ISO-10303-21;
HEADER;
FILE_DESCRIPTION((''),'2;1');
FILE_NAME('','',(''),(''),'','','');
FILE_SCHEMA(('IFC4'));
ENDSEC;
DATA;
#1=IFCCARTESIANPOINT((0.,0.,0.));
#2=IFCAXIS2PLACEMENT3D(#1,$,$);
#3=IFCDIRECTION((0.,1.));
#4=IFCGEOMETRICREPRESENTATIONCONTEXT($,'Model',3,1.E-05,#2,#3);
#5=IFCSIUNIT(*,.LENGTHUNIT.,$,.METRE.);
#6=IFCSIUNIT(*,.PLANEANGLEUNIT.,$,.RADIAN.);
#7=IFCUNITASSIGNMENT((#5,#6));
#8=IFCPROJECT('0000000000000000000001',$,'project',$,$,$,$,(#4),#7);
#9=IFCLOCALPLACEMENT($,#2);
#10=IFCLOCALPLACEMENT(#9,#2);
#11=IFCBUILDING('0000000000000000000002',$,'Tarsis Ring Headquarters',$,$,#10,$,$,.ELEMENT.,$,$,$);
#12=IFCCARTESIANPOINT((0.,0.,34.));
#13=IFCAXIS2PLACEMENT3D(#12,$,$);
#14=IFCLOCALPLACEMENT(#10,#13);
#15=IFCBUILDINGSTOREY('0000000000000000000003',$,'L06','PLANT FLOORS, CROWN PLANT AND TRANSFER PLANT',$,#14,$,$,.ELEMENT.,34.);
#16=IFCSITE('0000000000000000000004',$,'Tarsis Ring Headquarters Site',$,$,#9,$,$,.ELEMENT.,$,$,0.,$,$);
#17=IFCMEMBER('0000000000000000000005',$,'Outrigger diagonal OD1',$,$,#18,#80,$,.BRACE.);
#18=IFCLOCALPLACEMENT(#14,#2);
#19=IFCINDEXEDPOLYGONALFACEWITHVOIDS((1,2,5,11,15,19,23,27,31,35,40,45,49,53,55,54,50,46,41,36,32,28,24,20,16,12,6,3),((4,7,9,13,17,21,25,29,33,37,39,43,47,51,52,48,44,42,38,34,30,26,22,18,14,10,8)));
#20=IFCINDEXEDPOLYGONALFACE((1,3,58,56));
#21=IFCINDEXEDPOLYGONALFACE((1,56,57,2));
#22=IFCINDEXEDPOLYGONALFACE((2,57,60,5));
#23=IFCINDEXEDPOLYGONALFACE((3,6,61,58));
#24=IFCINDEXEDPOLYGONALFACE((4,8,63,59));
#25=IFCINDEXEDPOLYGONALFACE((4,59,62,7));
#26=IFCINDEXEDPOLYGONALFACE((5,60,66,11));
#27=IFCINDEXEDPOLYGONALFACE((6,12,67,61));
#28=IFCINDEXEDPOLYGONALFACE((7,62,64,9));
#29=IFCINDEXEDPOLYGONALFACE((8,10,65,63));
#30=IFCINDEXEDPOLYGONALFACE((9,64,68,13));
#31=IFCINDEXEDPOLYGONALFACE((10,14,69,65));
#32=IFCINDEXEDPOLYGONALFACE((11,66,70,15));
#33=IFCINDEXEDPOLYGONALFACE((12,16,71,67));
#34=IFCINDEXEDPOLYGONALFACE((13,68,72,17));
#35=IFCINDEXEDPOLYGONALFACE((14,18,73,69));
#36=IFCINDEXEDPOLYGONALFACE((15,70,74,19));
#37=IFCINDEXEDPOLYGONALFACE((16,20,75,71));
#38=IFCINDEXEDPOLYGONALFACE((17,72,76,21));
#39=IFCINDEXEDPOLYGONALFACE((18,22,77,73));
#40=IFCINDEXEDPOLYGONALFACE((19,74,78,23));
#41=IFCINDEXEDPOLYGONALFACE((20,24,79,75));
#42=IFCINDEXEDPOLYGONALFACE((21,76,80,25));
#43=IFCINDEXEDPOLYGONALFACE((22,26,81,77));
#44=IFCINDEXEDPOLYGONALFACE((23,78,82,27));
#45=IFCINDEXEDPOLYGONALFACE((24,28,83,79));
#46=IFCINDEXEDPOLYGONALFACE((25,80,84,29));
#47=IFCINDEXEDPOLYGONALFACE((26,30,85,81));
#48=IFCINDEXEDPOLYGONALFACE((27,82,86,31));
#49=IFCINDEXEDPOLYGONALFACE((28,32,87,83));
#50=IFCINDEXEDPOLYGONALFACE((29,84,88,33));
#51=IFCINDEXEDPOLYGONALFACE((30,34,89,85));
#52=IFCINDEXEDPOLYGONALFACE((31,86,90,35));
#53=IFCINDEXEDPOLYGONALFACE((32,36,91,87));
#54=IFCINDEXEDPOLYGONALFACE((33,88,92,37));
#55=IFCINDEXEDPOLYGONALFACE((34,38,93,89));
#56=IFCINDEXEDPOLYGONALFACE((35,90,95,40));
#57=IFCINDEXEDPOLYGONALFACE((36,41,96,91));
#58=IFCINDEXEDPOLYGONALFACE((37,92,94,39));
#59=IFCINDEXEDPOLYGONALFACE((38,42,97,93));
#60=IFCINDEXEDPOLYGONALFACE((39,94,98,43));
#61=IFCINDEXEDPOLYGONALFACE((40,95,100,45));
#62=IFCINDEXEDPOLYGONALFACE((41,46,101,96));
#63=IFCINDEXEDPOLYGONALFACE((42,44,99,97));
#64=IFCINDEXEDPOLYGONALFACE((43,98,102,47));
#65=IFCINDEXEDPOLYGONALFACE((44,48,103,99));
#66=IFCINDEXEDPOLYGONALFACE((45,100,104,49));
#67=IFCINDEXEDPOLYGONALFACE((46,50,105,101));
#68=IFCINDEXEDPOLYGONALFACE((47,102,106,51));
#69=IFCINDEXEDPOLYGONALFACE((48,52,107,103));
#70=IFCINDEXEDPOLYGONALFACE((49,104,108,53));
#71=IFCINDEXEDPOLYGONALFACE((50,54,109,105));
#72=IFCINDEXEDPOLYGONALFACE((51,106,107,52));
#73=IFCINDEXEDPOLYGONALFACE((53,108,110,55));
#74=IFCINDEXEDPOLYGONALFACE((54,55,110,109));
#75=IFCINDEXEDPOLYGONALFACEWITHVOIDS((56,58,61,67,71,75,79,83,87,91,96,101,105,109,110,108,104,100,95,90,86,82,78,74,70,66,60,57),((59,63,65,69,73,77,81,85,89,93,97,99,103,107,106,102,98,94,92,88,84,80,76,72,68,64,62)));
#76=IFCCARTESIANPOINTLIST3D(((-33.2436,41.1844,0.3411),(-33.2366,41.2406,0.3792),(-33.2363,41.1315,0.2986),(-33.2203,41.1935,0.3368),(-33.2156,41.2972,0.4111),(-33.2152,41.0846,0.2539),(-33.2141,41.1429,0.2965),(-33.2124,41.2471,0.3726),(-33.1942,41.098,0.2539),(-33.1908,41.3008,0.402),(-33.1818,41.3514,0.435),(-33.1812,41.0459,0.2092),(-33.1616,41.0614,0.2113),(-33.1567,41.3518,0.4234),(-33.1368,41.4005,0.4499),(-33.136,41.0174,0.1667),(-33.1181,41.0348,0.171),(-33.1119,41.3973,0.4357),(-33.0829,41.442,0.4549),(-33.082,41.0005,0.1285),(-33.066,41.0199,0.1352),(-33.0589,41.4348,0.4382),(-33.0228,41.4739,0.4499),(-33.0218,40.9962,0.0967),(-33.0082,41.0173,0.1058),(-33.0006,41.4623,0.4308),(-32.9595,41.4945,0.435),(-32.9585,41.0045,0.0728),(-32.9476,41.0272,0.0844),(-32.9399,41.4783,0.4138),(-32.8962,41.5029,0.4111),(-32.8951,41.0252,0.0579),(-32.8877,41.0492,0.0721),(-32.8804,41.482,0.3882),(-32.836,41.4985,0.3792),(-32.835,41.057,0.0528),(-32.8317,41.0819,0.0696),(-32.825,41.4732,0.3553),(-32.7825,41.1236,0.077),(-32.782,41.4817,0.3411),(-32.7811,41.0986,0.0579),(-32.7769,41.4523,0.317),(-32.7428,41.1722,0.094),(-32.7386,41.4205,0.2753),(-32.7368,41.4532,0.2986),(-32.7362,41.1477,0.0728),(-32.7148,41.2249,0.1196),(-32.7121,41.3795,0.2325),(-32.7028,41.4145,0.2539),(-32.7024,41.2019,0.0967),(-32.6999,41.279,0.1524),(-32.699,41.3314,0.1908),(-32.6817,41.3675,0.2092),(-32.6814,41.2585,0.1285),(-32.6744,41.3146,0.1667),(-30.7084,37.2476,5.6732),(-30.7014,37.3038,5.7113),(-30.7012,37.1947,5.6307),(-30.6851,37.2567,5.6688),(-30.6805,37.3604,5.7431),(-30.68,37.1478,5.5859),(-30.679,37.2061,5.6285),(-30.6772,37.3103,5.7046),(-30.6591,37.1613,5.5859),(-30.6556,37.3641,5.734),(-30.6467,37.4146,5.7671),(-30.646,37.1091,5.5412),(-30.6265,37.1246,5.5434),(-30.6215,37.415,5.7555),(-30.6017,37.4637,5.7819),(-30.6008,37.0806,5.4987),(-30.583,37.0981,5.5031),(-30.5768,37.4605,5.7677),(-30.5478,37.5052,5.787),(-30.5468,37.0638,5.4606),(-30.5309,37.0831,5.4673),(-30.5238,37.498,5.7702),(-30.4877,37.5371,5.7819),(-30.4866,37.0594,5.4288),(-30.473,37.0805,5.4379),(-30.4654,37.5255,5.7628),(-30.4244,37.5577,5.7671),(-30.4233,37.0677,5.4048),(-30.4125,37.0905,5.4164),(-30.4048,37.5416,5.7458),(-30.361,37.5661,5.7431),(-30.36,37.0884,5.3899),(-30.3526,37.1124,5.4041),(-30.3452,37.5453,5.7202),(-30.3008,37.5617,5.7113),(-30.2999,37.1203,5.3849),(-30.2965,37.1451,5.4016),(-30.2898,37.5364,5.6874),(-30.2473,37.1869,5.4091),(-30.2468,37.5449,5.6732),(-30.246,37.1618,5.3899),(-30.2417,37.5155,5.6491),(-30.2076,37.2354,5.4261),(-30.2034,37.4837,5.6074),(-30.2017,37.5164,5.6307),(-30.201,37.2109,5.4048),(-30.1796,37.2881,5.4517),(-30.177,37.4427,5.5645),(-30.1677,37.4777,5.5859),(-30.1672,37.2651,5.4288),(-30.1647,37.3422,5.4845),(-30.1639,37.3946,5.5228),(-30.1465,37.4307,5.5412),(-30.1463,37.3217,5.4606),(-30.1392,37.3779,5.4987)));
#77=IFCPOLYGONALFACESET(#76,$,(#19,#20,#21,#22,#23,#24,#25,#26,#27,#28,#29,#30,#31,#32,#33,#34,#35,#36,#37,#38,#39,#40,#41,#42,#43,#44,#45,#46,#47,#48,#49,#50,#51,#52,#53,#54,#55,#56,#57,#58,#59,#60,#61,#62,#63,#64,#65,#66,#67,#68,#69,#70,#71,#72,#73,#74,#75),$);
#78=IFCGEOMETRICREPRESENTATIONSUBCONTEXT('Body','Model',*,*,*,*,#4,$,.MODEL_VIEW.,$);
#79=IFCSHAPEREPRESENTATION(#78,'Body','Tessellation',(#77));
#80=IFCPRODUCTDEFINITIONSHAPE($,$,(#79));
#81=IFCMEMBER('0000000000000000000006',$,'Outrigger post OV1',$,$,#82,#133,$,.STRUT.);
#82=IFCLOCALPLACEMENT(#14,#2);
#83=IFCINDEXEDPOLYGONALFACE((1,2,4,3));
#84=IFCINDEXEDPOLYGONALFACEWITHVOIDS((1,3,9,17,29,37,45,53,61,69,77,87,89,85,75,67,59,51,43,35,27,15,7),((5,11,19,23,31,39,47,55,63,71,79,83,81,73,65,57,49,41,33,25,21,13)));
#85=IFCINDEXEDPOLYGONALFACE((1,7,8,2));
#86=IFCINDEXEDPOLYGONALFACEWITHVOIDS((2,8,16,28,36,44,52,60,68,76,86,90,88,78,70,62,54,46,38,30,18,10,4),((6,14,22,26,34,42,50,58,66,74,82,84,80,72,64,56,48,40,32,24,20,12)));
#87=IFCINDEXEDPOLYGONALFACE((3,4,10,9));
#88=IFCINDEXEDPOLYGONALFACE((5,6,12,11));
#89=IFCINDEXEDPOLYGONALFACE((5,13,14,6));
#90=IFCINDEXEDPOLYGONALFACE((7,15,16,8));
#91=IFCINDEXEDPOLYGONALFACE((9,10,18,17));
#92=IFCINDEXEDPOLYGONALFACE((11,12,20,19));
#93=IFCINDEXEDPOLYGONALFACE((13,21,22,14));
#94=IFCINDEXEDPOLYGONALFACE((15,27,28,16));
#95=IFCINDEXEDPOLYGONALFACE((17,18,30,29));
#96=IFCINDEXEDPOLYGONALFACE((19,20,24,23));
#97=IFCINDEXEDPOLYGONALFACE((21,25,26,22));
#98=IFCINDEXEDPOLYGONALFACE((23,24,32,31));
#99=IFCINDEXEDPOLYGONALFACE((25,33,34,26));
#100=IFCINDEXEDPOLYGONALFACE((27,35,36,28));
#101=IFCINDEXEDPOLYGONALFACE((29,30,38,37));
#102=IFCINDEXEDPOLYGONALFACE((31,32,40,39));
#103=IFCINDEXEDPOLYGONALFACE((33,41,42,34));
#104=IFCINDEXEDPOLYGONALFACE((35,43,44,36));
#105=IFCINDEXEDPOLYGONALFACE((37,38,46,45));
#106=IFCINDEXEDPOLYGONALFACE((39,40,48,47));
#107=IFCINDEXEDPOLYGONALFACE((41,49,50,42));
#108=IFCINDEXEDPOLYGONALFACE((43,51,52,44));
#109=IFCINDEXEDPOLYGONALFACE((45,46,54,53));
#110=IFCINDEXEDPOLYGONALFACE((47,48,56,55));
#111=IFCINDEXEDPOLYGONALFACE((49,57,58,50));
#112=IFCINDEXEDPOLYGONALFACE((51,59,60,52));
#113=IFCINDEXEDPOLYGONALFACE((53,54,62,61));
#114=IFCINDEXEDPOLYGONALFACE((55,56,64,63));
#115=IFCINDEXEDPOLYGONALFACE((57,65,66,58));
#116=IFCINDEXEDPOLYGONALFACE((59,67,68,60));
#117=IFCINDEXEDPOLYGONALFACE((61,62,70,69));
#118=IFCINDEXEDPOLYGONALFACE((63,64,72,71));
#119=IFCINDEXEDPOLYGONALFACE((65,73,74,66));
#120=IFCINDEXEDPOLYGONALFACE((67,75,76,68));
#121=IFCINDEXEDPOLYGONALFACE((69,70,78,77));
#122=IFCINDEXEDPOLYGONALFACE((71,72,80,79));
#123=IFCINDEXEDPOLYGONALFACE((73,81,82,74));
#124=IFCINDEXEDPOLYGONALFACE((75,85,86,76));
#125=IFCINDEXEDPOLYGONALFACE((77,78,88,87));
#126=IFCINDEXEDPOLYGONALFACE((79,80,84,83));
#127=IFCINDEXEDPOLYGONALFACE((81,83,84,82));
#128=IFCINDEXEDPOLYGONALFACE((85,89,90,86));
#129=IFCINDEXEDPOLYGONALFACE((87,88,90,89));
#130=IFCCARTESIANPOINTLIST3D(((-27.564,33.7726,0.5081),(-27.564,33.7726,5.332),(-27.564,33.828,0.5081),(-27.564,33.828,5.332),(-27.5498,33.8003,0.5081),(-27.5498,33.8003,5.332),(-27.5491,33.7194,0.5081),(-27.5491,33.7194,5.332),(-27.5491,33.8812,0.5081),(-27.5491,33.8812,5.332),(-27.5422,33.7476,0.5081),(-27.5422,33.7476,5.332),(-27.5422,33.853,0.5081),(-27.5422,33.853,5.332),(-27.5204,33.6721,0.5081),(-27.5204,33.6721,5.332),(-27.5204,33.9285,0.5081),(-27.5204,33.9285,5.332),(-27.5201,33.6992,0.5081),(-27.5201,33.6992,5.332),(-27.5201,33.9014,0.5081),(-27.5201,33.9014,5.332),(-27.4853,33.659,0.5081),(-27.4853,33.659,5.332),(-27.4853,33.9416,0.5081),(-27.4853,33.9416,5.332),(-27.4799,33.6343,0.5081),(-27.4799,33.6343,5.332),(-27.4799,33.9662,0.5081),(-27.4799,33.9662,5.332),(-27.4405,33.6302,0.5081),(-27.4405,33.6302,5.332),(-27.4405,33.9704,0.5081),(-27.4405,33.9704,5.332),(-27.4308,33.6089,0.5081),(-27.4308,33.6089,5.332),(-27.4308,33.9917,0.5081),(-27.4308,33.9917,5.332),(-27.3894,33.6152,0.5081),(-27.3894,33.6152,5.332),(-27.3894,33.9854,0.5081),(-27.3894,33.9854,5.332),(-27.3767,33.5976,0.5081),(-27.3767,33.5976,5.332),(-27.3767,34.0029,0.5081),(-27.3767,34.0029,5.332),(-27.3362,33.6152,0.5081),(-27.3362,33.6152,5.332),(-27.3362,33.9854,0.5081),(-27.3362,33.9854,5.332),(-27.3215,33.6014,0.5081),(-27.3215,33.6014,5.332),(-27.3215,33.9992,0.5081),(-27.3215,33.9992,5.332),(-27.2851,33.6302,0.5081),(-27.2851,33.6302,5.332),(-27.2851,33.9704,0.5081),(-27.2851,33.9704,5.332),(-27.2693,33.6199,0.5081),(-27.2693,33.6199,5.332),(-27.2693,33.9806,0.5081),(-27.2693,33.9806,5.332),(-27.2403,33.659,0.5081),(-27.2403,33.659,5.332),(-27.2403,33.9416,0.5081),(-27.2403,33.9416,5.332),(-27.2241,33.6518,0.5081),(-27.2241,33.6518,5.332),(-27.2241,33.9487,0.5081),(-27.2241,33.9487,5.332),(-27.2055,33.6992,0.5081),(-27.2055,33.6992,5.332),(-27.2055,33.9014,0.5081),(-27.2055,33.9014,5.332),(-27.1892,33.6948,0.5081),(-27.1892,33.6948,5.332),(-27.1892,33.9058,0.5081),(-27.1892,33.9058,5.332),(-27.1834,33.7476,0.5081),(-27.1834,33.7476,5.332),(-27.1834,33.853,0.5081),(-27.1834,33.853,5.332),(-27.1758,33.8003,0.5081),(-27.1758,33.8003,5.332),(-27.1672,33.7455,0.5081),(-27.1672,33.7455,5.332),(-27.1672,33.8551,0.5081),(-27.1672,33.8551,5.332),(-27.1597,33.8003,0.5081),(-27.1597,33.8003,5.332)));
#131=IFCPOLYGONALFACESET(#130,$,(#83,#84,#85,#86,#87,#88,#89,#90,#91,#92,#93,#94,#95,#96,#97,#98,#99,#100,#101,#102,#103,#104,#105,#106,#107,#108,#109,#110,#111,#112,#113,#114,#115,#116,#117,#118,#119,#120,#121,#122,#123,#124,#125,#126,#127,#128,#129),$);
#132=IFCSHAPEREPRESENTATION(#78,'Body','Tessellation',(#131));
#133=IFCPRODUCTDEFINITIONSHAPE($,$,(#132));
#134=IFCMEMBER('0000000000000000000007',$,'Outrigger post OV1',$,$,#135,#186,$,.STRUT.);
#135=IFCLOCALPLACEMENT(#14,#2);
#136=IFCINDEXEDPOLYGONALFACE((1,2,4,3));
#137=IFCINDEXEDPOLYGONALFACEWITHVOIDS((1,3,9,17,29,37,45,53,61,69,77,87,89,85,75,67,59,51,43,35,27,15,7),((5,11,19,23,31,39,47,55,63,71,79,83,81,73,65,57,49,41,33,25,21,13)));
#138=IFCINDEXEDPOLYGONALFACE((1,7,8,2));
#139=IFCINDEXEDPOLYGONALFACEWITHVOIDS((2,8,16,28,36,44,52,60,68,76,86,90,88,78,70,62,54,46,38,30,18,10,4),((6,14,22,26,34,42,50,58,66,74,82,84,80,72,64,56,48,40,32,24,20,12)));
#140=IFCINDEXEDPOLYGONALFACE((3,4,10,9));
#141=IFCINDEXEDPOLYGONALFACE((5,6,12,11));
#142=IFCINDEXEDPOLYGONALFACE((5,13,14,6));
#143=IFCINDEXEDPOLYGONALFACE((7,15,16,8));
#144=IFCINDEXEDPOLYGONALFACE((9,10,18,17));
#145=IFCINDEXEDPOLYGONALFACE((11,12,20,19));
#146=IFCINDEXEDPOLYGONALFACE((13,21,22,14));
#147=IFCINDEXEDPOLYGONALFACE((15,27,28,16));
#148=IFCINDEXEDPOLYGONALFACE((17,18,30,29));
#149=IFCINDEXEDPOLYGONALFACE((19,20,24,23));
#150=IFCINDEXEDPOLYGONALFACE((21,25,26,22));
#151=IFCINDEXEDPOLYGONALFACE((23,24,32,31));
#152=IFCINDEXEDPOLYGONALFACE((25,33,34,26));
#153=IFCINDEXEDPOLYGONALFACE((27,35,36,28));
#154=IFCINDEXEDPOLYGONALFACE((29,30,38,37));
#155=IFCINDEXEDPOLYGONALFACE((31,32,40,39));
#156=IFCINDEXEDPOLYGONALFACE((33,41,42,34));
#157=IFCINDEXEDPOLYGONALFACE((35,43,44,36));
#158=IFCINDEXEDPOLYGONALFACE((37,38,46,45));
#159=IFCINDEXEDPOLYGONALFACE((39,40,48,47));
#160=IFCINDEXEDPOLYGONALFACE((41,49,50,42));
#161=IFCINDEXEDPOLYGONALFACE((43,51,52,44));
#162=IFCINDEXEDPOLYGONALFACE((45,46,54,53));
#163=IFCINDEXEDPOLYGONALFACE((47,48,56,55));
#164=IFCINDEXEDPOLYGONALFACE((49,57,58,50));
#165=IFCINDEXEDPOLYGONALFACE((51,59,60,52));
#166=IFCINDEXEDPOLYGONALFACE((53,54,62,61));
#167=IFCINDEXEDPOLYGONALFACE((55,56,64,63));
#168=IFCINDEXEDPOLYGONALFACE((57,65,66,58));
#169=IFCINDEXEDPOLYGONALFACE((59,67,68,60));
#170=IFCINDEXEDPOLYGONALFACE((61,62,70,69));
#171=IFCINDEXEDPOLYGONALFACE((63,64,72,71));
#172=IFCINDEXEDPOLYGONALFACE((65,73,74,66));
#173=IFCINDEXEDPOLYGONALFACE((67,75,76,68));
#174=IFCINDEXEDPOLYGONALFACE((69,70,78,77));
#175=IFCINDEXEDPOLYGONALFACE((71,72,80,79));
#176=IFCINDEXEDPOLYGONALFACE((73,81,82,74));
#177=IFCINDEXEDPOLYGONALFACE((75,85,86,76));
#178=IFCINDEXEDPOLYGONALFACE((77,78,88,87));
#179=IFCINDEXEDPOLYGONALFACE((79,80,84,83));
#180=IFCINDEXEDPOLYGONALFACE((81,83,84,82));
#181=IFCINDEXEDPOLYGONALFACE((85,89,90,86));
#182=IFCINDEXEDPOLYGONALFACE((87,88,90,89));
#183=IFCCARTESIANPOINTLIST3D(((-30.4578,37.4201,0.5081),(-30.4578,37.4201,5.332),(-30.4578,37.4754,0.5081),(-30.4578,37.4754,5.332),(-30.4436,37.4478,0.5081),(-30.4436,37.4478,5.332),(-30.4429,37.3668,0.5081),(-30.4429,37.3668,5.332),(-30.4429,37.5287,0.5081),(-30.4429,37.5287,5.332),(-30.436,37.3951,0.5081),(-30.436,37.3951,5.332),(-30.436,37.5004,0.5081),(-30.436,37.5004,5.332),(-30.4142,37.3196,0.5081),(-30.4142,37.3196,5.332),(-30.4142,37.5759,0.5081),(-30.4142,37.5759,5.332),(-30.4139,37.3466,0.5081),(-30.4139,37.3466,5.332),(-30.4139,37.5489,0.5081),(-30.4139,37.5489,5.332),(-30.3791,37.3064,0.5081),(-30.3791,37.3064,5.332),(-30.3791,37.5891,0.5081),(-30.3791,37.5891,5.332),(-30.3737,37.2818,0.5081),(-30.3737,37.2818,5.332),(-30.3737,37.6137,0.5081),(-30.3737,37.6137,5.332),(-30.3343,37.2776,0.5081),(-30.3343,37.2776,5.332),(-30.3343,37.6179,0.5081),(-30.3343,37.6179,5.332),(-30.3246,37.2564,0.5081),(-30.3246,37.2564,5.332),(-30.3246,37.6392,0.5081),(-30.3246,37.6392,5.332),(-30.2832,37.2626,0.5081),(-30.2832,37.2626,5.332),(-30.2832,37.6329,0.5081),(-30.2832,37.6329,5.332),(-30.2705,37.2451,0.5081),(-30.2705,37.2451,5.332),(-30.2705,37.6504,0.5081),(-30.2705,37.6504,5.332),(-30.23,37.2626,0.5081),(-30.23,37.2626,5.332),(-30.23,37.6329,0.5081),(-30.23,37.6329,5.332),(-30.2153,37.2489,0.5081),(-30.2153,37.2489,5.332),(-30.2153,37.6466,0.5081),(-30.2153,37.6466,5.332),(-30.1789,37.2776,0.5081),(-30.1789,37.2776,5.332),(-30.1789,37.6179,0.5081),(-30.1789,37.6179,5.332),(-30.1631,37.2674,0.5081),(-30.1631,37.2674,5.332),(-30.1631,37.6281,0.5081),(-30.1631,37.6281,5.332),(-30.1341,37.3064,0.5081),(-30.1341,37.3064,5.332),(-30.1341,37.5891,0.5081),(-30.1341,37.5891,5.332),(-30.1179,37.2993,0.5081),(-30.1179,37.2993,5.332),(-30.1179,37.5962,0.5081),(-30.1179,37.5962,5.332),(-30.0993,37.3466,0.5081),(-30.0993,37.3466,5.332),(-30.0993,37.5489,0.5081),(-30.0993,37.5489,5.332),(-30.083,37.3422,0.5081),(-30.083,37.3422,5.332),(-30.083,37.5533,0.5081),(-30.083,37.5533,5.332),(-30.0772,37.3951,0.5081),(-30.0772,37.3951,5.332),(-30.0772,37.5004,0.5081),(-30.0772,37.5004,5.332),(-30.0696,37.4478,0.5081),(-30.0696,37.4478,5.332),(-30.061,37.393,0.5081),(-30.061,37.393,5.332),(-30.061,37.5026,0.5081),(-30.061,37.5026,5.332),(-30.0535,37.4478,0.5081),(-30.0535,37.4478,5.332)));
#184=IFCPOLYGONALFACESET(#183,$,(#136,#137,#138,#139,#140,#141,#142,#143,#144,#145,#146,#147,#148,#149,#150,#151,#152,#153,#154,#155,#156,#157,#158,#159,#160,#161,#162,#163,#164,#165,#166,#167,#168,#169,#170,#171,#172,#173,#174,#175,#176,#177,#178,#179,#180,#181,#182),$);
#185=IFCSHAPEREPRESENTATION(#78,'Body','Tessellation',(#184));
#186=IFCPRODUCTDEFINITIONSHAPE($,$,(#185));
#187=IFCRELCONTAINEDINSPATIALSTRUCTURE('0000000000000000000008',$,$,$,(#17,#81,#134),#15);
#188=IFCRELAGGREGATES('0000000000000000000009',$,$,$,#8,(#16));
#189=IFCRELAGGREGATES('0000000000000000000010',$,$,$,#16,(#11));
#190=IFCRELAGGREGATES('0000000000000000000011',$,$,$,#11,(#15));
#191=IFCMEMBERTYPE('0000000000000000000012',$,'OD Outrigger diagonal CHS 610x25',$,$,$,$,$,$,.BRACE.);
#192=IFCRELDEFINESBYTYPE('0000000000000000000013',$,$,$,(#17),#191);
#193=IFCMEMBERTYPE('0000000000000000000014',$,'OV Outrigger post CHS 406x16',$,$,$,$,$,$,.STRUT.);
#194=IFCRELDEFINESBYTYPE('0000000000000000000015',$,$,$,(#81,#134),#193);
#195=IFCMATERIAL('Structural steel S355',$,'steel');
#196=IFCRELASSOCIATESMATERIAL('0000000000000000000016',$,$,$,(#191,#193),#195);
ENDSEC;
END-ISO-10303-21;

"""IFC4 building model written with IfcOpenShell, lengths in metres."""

from ifc_helpers import new_model, si_unit, direction, frame, origin, origin_2d, place, context, subcontext, project, spatial, hollow_circle, extrude, material, material_profile, profile_set, type_object, element, save


model = new_model("IFC4")

# Units and contexts
model_context = context("Model", 3, precision=1e-05, world=origin(), true_north=direction((0.0, 1.0)))
body_context = subcontext(model_context, "Body", "Model", "MODEL_VIEW")
ifc_project = project(units=[si_unit("LENGTHUNIT", "METRE"), si_unit("PLANEANGLEUNIT", "RADIAN")], contexts=[model_context])

# Site, building, storey
site_placement = place(None, origin())
site = spatial("IfcSite", under=ifc_project, at=site_placement, Name="Tarsis Ring Headquarters Site", CompositionType="ELEMENT", RefElevation=0.0)
building_placement = place(site_placement, origin())
building = spatial("IfcBuilding", under=site, at=building_placement, Name="Tarsis Ring Headquarters", CompositionType="ELEMENT")
storey_placement = place(building_placement, frame((0.0, 0.0, 34.0)))
storey = spatial("IfcBuildingStorey", under=building, at=storey_placement, Name="L06", Description="PLANT FLOORS, CROWN PLANT AND TRANSFER PLANT", CompositionType="ELEMENT", Elevation=34.0)

# Members
ifc_material_1 = material(Name="Structural steel S355", Category="steel")
ifc_material_profile_1 = material_profile(ifc_material_1, hollow_circle(Radius=0.3047, WallThickness=0.0249, at=origin_2d()), Name="CHS 610x25")
ifc_profile_set_1 = profile_set([ifc_material_profile_1], Name="Structural steel S355")
member_type_1 = type_object("IfcMemberType", Name="OD Outrigger diagonal CHS 610x25", PredefinedType="BRACE", material=ifc_profile_set_1)
member_1_placement = place(storey_placement, frame((-30.4238, 37.3127, 5.5859), z_axis=(-0.357257, 0.554773, -0.751395), x_axis=(-0.840753, -0.541419, 0.0)))
element("IfcMember", 1, at=member_1_placement, inside=storey, type_object=member_type_1, Name="Outrigger diagonal OD1", PredefinedType="BRACE", context=body_context, shape_type="SweptSolid", body=[
    extrude(hollow_circle(Radius=0.3047, WallThickness=0.0249, at=origin_2d()), origin(), (0.0, 0.0, 1.0), 7.0962),
])
ifc_material_profile_2 = material_profile(ifc_material_1, hollow_circle(Radius=0.2031, WallThickness=0.0161, at=origin_2d()), Name="CHS 406x16")
ifc_profile_set_2 = profile_set([ifc_material_profile_2], Name="Structural steel S355")
member_type_2 = type_object("IfcMemberType", Name="OV Outrigger post CHS 406x16", PredefinedType="STRUT", material=ifc_profile_set_2)
for number, where, z_axis, x_axis, name in (
    (2, (-27.3628, 33.8003, 0.5081), (0.0, 0.0, 1.0), (1.0, 0.0, 0.0), "Outrigger post OV1"),
    (3, (-30.2566, 37.4478, 0.5081), (0.0, 0.0, 1.0), (1.0, 0.0, 0.0), "Outrigger post OV1"),
):
    element("IfcMember", number, at=place(storey_placement, frame(where, z_axis=z_axis, x_axis=x_axis)), inside=storey, type_object=member_type_2, Name=name, PredefinedType="STRUT", context=body_context, shape_type="SweptSolid", body=[
        extrude(hollow_circle(Radius=0.2031, WallThickness=0.0161, at=origin_2d()), origin(), (0.0, 0.0, 1.0), 4.824),
    ])

save(model, "model.ifc")
